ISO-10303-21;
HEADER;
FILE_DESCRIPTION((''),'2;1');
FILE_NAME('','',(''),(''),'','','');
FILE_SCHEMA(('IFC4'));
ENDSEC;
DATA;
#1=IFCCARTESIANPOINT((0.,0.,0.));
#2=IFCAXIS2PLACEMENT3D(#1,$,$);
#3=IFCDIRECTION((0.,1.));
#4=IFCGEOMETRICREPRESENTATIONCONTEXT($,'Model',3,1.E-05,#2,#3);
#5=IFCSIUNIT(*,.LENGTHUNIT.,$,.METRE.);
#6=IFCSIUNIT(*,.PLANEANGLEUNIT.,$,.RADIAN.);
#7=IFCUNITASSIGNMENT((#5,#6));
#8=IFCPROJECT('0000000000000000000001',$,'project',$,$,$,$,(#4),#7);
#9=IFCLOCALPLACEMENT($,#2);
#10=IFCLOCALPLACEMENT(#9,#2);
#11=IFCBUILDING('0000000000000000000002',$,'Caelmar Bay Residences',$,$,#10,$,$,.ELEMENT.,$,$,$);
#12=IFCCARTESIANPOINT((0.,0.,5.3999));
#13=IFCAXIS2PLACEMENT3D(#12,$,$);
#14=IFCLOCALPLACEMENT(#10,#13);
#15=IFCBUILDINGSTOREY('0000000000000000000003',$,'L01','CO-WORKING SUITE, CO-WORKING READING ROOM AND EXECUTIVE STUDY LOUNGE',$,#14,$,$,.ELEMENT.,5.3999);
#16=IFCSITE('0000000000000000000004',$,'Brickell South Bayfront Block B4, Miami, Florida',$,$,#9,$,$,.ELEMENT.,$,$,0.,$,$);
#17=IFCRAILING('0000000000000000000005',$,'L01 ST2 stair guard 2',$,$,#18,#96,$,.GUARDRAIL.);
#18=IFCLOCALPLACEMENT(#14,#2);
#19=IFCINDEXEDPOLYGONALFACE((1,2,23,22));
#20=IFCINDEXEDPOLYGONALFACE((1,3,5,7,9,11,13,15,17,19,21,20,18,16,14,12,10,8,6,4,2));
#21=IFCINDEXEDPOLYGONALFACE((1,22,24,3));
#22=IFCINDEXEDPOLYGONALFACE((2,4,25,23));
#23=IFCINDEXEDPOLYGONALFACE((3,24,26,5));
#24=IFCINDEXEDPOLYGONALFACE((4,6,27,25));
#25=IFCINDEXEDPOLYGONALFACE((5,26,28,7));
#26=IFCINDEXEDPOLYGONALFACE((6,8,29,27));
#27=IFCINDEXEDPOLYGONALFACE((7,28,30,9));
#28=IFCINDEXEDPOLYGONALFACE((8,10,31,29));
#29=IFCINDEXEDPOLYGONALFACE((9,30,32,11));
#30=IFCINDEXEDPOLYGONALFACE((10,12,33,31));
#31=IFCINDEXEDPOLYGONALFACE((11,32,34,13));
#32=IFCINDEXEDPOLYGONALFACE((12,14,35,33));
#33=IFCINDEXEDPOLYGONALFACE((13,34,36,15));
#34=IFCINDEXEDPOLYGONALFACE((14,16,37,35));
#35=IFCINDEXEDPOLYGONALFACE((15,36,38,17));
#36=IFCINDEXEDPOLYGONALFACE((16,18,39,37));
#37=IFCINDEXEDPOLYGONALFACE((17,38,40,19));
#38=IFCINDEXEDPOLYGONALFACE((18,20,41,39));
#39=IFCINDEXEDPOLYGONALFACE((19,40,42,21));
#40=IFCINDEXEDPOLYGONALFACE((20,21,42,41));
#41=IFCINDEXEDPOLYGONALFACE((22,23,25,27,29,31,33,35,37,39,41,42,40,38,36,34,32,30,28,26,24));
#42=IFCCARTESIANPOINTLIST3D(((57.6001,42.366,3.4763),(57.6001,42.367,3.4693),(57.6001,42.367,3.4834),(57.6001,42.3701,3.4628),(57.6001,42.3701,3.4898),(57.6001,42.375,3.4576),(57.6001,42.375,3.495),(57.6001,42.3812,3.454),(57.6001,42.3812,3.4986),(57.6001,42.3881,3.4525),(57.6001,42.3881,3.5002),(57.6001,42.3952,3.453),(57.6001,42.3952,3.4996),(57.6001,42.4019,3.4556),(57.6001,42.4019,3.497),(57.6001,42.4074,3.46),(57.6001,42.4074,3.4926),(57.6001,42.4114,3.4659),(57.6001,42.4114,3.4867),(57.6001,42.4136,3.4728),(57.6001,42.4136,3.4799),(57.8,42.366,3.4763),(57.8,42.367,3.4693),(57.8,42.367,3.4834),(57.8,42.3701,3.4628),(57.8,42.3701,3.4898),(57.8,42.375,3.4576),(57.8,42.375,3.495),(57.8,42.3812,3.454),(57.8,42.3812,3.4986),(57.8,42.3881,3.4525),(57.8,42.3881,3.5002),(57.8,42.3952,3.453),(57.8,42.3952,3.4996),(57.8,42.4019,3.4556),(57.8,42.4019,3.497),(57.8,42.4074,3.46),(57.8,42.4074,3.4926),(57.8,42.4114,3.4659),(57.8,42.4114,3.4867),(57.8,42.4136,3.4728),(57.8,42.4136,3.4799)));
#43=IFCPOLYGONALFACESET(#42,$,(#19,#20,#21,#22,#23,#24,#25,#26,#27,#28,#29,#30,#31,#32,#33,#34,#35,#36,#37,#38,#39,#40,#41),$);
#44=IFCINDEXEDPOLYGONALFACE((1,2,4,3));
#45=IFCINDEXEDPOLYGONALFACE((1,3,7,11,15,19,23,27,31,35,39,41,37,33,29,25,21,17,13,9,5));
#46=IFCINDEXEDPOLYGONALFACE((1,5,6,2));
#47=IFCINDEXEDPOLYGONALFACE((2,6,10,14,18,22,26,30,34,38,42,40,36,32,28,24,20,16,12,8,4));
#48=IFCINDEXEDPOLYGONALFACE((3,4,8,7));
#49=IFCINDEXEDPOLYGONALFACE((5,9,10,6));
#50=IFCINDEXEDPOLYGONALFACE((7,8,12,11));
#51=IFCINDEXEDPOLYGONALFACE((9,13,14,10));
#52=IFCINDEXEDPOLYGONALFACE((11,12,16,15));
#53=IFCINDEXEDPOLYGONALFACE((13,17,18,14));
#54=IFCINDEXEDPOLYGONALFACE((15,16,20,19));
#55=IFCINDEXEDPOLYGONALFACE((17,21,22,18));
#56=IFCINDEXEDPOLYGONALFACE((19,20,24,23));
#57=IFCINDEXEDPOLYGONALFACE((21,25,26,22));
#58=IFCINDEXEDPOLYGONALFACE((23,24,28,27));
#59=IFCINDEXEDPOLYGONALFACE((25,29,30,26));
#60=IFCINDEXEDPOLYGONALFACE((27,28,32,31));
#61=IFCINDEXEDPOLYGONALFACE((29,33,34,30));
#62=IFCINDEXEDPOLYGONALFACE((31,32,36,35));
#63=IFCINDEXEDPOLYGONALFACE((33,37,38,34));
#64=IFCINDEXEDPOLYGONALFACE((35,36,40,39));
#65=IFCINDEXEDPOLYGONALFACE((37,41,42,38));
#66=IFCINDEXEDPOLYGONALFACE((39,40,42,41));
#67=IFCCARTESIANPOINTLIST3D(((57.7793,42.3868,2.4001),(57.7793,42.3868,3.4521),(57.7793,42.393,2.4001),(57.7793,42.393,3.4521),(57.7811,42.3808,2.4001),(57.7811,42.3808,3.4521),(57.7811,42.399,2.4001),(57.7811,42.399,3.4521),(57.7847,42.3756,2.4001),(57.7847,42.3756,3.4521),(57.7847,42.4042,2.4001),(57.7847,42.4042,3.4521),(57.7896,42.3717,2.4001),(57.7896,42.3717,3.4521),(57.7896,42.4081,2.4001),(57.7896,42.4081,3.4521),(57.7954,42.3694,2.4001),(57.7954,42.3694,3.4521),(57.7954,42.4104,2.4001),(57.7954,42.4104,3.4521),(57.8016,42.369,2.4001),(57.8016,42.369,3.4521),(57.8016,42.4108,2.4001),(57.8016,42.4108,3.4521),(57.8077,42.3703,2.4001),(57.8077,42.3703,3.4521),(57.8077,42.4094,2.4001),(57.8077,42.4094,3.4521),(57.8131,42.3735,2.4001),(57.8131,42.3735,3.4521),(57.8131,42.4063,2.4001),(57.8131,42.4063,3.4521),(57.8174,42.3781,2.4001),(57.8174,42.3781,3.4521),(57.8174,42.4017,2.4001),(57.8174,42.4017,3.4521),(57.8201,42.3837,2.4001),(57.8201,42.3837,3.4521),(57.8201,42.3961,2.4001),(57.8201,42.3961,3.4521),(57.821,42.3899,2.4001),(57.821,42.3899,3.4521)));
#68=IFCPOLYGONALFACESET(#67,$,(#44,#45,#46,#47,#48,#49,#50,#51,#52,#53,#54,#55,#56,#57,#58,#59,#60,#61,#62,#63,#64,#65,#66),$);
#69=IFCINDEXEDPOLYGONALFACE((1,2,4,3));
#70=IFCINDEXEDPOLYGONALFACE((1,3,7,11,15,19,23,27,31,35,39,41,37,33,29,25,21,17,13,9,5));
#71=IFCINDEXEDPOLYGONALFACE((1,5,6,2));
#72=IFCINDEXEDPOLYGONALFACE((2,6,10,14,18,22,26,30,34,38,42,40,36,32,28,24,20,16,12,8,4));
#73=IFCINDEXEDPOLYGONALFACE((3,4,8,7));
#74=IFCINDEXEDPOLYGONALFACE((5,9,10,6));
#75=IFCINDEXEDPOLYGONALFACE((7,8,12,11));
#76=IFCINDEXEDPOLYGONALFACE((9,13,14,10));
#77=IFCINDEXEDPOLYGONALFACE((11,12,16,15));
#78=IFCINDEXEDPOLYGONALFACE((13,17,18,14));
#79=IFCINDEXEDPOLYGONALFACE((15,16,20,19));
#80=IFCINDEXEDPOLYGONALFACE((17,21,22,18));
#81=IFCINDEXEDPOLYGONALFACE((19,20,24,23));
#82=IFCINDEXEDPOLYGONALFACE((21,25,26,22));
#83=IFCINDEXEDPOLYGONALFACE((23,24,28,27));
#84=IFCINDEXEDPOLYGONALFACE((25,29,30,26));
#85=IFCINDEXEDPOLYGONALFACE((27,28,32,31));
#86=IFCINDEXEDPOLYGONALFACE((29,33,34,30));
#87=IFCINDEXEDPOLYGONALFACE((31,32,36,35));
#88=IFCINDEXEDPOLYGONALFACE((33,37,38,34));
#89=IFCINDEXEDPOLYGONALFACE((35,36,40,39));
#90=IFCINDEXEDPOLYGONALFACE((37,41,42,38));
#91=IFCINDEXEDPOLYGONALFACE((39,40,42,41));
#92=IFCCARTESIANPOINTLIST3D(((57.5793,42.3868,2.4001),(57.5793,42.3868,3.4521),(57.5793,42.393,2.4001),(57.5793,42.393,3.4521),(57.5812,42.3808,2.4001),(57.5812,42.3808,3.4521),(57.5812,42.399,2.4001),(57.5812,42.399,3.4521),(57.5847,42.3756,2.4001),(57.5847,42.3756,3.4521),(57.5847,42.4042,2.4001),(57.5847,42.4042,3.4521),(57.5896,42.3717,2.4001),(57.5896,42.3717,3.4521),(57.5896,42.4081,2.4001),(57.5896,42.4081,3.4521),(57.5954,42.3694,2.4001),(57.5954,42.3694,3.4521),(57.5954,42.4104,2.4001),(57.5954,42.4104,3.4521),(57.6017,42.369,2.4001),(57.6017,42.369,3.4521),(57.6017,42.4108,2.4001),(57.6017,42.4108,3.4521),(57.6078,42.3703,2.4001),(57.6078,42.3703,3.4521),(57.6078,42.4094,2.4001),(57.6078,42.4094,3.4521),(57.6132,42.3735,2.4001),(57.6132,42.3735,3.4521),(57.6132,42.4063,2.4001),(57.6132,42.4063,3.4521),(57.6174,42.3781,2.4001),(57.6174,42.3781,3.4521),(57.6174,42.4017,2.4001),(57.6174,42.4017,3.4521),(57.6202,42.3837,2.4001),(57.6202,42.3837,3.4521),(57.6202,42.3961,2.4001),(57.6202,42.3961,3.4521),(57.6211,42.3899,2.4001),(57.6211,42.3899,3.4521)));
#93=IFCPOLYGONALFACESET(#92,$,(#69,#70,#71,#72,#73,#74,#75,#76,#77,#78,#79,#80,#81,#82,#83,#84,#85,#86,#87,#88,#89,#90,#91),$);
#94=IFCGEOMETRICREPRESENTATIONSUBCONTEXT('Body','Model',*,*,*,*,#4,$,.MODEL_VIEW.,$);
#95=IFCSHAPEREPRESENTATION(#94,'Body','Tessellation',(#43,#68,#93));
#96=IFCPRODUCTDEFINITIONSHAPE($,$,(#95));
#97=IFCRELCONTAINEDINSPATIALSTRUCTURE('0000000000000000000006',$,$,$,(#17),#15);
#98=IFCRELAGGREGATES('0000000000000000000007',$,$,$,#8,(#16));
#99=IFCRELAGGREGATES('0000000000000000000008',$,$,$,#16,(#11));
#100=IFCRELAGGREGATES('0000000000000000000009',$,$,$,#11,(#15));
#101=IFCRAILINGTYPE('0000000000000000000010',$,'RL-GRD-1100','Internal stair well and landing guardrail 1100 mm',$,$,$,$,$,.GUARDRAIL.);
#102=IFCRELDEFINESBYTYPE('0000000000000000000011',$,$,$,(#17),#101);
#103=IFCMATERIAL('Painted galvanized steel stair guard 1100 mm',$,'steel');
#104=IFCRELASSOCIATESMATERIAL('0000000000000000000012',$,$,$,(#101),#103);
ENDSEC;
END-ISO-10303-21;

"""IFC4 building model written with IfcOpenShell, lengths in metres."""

from ifc_helpers import new_model, si_unit, direction, frame, origin, origin_2d, place, context, subcontext, project, spatial, circle, extrude, material, type_object, element, save


model = new_model("IFC4")

# Units and contexts
model_context = context("Model", 3, precision=1e-05, world=origin(), true_north=direction((0.0, 1.0)))
body_context = subcontext(model_context, "Body", "Model", "MODEL_VIEW")
ifc_project = project(units=[si_unit("LENGTHUNIT", "METRE"), si_unit("PLANEANGLEUNIT", "RADIAN")], contexts=[model_context])

# Site, building, storey
site_placement = place(None, origin())
site = spatial("IfcSite", under=ifc_project, at=site_placement, Name="Brickell South Bayfront Block B4, Miami, Florida", CompositionType="ELEMENT", RefElevation=0.0)
building_placement = place(site_placement, origin())
building = spatial("IfcBuilding", under=site, at=building_placement, Name="Caelmar Bay Residences", CompositionType="ELEMENT")
storey_placement = place(building_placement, frame((0.0, 0.0, 5.3999)))
storey = spatial("IfcBuildingStorey", under=building, at=storey_placement, Name="L01", Description="CO-WORKING SUITE, CO-WORKING READING ROOM AND EXECUTIVE STUDY LOUNGE", CompositionType="ELEMENT", Elevation=5.3999)

# Railing
ifc_material_1 = material(Name="Painted galvanized steel stair guard 1100 mm", Category="steel")
railing_type_1 = type_object("IfcRailingType", Name="RL-GRD-1100", Description="Internal stair well and landing guardrail 1100 mm", PredefinedType="GUARDRAIL", material=ifc_material_1)
railing_1_placement = place(storey_placement, frame((57.8, 42.3899, 2.4001)))
element("IfcRailing", 1, at=railing_1_placement, inside=storey, type_object=railing_type_1, Name="L01 ST2 stair guard 2", PredefinedType="GUARDRAIL", context=body_context, shape_type="SweptSolid", body=[
    extrude(circle(Radius=0.0239, at=origin_2d()), frame((0.0, 0.0, 1.0762), z_axis=(-1.0, 0.0, 0.0), x_axis=(0.0, -1.0, 0.0)), (0.0, 0.0, 1.0), 0.2),
    extrude(circle(Radius=0.021, at=origin_2d()), origin(), (0.0, 0.0, 1.0), 1.052),
    extrude(circle(Radius=0.021, at=origin_2d()), frame((-0.2, 0.0, 0.0)), (0.0, 0.0, 1.0), 1.052),
])

save(model, "model.ifc")
